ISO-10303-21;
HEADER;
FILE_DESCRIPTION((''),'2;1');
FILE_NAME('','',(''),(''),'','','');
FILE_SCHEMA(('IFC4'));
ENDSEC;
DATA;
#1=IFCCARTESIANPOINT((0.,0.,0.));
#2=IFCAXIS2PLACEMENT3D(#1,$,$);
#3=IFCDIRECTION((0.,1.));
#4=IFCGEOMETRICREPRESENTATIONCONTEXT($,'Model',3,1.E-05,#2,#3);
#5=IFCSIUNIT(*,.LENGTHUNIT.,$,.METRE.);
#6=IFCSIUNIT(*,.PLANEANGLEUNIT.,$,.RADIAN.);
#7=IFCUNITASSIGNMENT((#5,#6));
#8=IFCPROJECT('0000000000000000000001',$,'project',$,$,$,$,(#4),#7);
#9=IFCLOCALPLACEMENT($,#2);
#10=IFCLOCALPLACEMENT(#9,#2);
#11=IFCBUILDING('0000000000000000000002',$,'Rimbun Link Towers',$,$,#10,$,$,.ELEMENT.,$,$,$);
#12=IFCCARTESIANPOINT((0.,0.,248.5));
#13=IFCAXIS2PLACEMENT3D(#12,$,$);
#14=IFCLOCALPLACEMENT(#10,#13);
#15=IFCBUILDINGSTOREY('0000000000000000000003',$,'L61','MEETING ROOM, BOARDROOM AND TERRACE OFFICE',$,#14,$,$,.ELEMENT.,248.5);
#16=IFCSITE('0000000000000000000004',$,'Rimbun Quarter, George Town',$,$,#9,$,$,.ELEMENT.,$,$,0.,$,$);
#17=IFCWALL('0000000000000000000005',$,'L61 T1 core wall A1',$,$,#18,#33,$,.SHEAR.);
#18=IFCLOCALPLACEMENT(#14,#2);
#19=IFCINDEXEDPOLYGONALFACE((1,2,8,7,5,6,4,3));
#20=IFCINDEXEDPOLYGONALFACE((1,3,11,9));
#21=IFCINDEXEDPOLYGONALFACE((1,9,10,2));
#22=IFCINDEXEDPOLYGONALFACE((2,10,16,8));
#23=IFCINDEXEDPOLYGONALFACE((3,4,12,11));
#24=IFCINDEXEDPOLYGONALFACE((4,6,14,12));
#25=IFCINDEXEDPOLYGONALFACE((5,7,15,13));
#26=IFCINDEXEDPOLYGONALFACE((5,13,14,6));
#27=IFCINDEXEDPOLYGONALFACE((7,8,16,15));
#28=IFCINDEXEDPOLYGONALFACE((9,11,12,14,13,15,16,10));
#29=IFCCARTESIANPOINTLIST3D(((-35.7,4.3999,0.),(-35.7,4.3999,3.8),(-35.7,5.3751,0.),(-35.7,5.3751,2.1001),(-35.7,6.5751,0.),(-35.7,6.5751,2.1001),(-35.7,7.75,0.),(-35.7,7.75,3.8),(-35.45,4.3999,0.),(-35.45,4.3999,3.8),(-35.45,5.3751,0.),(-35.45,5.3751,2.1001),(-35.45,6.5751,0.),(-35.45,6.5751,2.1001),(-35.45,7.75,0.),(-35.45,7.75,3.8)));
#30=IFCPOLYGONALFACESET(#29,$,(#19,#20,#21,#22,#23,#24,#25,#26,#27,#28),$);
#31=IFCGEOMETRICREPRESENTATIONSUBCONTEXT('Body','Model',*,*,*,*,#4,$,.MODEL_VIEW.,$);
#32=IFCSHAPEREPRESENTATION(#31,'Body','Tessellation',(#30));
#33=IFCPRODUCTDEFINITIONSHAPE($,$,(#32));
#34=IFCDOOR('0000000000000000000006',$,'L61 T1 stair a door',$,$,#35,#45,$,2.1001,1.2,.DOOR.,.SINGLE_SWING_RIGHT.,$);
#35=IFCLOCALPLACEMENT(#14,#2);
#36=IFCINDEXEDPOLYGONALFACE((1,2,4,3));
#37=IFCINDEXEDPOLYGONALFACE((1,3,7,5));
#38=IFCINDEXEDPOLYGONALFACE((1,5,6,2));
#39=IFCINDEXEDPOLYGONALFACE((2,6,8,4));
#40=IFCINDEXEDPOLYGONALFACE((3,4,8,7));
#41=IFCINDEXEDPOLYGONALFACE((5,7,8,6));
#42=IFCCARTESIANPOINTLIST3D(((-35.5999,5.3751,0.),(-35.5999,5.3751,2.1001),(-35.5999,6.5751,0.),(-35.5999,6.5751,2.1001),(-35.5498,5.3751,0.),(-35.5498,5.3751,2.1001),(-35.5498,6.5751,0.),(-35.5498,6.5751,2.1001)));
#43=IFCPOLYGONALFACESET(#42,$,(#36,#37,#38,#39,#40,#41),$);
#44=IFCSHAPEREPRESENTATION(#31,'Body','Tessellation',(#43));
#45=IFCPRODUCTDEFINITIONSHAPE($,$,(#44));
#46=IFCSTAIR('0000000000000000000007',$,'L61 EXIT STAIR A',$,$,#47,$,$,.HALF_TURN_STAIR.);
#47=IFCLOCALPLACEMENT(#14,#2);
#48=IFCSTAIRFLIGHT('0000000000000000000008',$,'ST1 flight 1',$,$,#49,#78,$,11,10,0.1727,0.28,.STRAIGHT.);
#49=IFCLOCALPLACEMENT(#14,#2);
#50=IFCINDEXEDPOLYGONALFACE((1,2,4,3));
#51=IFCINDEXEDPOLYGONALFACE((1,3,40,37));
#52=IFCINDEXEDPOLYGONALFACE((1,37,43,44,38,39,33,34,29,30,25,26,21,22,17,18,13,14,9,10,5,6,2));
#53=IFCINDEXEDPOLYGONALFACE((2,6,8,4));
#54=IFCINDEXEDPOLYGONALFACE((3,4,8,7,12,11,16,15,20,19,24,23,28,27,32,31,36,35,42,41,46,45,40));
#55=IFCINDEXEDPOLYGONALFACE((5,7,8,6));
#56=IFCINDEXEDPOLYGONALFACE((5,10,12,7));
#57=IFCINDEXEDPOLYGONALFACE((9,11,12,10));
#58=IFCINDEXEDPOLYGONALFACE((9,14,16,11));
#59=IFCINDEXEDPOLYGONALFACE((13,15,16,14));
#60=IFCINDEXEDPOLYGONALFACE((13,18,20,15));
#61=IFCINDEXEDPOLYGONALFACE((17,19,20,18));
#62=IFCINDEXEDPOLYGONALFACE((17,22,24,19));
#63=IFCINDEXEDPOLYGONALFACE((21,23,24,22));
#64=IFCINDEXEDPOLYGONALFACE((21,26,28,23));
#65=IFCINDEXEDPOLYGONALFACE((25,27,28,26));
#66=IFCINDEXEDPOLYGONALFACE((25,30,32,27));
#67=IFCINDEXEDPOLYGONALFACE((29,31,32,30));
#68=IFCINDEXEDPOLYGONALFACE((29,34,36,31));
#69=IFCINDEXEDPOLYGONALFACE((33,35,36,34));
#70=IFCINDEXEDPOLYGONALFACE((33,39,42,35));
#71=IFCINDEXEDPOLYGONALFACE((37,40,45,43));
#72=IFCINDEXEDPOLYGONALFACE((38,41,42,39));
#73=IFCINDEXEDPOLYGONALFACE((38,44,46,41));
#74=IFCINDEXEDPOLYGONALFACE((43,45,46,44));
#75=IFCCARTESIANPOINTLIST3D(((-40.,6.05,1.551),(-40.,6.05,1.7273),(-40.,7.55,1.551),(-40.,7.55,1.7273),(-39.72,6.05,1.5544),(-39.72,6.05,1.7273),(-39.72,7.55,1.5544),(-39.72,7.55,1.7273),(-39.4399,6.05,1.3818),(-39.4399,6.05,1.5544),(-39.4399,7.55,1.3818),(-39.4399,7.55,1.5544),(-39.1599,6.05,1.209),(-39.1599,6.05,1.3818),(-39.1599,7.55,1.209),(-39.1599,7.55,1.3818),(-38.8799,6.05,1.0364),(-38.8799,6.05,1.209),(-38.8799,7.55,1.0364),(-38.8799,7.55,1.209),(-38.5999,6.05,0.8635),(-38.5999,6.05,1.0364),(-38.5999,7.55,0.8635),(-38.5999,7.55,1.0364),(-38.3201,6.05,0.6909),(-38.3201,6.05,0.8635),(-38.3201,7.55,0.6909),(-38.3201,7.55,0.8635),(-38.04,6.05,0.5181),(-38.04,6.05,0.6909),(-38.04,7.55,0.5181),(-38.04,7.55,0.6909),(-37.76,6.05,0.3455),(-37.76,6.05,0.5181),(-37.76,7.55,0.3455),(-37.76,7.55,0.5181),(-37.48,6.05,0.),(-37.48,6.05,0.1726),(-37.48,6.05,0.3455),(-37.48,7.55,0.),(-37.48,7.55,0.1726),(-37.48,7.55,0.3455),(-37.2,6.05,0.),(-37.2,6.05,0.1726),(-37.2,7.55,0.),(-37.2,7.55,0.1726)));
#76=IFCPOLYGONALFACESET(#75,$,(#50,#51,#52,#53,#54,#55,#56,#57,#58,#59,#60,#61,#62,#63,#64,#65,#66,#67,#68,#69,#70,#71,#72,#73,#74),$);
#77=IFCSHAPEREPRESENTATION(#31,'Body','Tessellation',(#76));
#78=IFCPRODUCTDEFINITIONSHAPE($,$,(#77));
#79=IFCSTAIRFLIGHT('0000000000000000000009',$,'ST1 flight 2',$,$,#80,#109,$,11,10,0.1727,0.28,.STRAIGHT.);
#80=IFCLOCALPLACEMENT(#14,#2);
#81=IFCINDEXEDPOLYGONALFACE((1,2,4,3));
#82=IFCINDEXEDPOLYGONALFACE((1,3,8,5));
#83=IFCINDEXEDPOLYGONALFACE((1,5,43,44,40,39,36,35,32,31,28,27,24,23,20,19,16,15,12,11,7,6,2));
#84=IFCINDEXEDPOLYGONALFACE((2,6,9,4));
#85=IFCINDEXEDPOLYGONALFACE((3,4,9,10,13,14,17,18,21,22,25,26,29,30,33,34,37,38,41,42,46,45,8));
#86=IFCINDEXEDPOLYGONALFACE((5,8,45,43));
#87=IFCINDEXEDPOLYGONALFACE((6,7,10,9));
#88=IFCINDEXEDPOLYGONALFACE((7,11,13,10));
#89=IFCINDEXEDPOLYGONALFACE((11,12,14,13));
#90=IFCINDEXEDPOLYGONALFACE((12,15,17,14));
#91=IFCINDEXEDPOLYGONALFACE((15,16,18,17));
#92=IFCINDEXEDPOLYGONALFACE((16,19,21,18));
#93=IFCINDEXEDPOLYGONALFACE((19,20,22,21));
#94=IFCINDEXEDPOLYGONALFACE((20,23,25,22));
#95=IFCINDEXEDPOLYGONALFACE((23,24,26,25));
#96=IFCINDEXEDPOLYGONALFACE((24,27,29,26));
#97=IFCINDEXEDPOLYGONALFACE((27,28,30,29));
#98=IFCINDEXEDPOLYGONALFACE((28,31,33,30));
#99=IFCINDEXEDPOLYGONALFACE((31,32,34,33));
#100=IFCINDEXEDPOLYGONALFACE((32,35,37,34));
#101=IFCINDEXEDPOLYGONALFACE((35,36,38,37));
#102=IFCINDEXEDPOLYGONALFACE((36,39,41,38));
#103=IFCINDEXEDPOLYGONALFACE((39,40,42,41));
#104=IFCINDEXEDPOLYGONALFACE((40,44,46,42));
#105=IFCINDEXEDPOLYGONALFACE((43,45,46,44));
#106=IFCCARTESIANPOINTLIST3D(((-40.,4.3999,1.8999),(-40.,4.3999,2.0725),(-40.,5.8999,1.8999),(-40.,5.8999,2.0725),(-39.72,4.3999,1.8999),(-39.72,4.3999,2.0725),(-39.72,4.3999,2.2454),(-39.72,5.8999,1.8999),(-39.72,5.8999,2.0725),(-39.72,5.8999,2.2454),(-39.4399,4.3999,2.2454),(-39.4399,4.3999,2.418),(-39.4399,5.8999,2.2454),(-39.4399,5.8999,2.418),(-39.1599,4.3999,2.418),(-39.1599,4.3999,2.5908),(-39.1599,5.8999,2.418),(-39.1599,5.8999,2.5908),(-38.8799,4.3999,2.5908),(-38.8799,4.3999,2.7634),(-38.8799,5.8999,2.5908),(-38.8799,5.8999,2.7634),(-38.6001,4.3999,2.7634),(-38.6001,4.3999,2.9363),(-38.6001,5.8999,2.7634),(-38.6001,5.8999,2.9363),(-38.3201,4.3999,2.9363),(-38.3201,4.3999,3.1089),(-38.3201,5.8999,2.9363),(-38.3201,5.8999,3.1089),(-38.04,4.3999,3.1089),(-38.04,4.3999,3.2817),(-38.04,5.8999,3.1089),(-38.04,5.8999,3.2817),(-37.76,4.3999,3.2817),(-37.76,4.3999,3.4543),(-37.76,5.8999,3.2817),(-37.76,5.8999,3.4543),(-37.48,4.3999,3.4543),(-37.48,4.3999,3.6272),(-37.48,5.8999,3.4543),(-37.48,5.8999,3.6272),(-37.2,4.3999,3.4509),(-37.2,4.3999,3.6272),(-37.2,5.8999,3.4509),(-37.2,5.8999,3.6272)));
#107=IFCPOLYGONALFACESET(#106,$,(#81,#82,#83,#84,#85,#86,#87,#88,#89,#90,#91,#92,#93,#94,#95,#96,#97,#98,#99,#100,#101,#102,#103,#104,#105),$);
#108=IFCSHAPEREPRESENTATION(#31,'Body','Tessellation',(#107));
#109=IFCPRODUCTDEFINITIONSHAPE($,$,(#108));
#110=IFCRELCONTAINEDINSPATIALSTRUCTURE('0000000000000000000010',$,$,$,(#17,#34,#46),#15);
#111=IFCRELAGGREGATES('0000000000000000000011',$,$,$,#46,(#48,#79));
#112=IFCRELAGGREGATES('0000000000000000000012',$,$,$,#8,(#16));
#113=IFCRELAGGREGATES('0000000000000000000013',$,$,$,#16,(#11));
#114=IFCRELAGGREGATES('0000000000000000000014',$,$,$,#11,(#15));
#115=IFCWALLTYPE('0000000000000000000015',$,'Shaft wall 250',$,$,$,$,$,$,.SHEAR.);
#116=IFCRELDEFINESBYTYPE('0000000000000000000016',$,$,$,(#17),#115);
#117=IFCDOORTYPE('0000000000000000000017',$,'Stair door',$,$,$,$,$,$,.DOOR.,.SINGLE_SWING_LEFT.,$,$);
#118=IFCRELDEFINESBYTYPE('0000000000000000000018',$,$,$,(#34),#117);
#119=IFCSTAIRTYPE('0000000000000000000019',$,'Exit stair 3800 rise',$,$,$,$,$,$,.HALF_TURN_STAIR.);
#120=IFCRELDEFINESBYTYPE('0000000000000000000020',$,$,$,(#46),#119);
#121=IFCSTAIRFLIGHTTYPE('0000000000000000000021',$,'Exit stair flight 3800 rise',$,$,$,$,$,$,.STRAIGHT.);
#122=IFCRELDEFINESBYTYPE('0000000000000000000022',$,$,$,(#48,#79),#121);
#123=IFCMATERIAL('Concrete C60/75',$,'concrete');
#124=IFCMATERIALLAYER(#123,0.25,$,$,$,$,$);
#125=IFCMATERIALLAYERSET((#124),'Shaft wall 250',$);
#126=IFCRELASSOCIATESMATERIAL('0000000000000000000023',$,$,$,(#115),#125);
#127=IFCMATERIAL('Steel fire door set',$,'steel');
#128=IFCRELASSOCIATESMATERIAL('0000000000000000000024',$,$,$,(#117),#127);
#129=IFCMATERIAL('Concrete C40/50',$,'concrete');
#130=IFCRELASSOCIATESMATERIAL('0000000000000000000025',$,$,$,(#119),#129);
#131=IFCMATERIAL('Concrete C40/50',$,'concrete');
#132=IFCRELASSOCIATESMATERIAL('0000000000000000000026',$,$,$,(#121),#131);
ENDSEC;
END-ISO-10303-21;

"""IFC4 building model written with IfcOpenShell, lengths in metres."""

from ifc_helpers import new_model, si_unit, direction, frame, frame_2d, origin, place, context, subcontext, project, spatial, polyline, rectangle, outline, extrude, material, layer, layer_set, type_object, element, fill, aggregate, save


model = new_model("IFC4")

# Units and contexts
model_context = context("Model", 3, precision=1e-05, world=origin(), true_north=direction((0.0, 1.0)))
body_context = subcontext(model_context, "Body", "Model", "MODEL_VIEW")
ifc_project = project(units=[si_unit("LENGTHUNIT", "METRE"), si_unit("PLANEANGLEUNIT", "RADIAN")], contexts=[model_context])

# Site, building, storey
site_placement = place(None, origin())
site = spatial("IfcSite", under=ifc_project, at=site_placement, Name="Rimbun Quarter, George Town", CompositionType="ELEMENT", RefElevation=0.0)
building_placement = place(site_placement, origin())
building = spatial("IfcBuilding", under=site, at=building_placement, Name="Rimbun Link Towers", CompositionType="ELEMENT")
storey_placement = place(building_placement, frame((0.0, 0.0, 248.5)))
storey = spatial("IfcBuildingStorey", under=building, at=storey_placement, Name="L61", Description="MEETING ROOM, BOARDROOM AND TERRACE OFFICE", CompositionType="ELEMENT", Elevation=248.5)

# Shared definitions
ifc_material_1 = material(Name="Concrete C60/75", Category="concrete")
ifc_layer = layer(ifc_material_1, 0.25)
ifc_layer_set = layer_set([ifc_layer], Name="Shaft wall 250")
wall_type = type_object("IfcWallType", Name="Shaft wall 250", PredefinedType="SHEAR", material=ifc_layer_set)

# Wall, opening, door
wall_1_placement = place(storey_placement, frame((-35.575, 4.3999, 0.0), z_axis=(0.0, 0.0, 1.0), x_axis=(0.0, 1.0, 0.0)))
wall_1 = element("IfcWall", 1, at=wall_1_placement, inside=storey, type_object=wall_type, Name="L61 T1 core wall A1", PredefinedType="SHEAR", context=body_context, shape_type="SweptSolid", body=[
    extrude(rectangle(XDim=3.3501, YDim=0.25, at=frame_2d((1.675, 0.0))), origin(), (0.0, 0.0, 1.0), 3.8),
])
opening_1_placement = place(wall_1_placement, frame((0.9751, 0.0, 0.0)))
opening_1 = element("IfcOpeningElement", 2, at=opening_1_placement, cuts=wall_1, PredefinedType="OPENING", context=body_context, shape_type="SweptSolid", body=[
    extrude(rectangle(XDim=1.2, YDim=2.1001, at=frame_2d((0.6001, 1.05))), frame((0.0, 0.135, 0.0), z_axis=(0.0, -1.0, 0.0), x_axis=(1.0, 0.0, 0.0)), (0.0, 0.0, 1.0), 0.27),
])
ifc_material_2 = material(Name="Steel fire door set", Category="steel")
door_type_1 = type_object("IfcDoorType", Name="Stair door", OperationType="SINGLE_SWING_LEFT", PredefinedType="DOOR", material=ifc_material_2)
door_1_placement = place(opening_1_placement, origin())
door_1 = element("IfcDoor", 3, at=door_1_placement, inside=storey, type_object=door_type_1, Name="L61 T1 stair a door", OperationType="SINGLE_SWING_RIGHT", OverallHeight=2.1001, OverallWidth=1.2, PredefinedType="DOOR", context=body_context, shape_type="SweptSolid", body=[
    extrude(rectangle(XDim=1.2, YDim=2.1001, at=frame_2d((0.6001, 1.05))), frame((0.0, 0.0249, 0.0), z_axis=(0.0, -1.0, 0.0), x_axis=(1.0, 0.0, 0.0)), (0.0, 0.0, 1.0), 0.05),
])
fill(opening_1, door_1)

# Stair, stair flights
ifc_material_3 = material(Name="Concrete C40/50", Category="concrete")
stair_type = type_object("IfcStairType", Name="Exit stair 3800 rise", PredefinedType="HALF_TURN_STAIR", material=ifc_material_3)
stair_placement = place(storey_placement, origin())
stair = element("IfcStair", 4, at=stair_placement, inside=storey, type_object=stair_type, Name="L61 EXIT STAIR A", PredefinedType="HALF_TURN_STAIR")
ifc_material_4 = material(Name="Concrete C40/50", Category="concrete")
stair_flight_type = type_object("IfcStairFlightType", Name="Exit stair flight 3800 rise", PredefinedType="STRAIGHT", material=ifc_material_4)
stair_flight_1_placement = place(storey_placement, frame((-37.2, 6.8, 0.0), z_axis=(0.0, 0.0, 1.0), x_axis=(-1.0, 0.0, 0.0)))
stair_flight_1 = element("IfcStairFlight", 5, at=stair_flight_1_placement, type_object=stair_flight_type, Name="ST1 flight 1", NumberOfRisers=11, NumberOfTreads=10, PredefinedType="STRAIGHT", RiserHeight=0.1727, TreadLength=0.28, context=body_context, shape_type="SweptSolid", body=[
    extrude(outline(polyline([(0.0, 0.0), (0.0, 0.1726), (0.28, 0.1726), (0.28, 0.3455), (0.5601, 0.3455), (0.5601, 0.5181), (0.8401, 0.5181), (0.8401, 0.6909), (1.1201, 0.6909), (1.1201, 0.8635), (1.3999, 0.8635), (1.3999, 1.0364), (1.6799, 1.0364), (1.6799, 1.209), (1.96, 1.209), (1.96, 1.3818), (2.24, 1.3818), (2.24, 1.5544), (2.52, 1.5544), (2.52, 1.7273), (2.8, 1.7273), (2.8, 1.8999), (2.8, 1.551), (0.28, 0.0), (0.0, 0.0)])), frame((0.0, 0.75, 0.0), z_axis=(0.0, -1.0, 0.0), x_axis=(1.0, 0.0, 0.0)), (0.0, 0.0, 1.0), 1.5),
])
stair_flight_2_placement = place(storey_placement, frame((-40.0, 5.1499, 1.8999), z_axis=(0.0, 0.0, 1.0), x_axis=(1.0, 0.0, 0.0)))
stair_flight_2 = element("IfcStairFlight", 6, at=stair_flight_2_placement, type_object=stair_flight_type, Name="ST1 flight 2", NumberOfRisers=11, NumberOfTreads=10, PredefinedType="STRAIGHT", RiserHeight=0.1727, TreadLength=0.28, context=body_context, shape_type="SweptSolid", body=[
    extrude(outline(polyline([(0.0, 0.0), (0.0, 0.1726), (0.28, 0.1726), (0.28, 0.3455), (0.5601, 0.3455), (0.5601, 0.5181), (0.8401, 0.5181), (0.8401, 0.6909), (1.1201, 0.6909), (1.1201, 0.8635), (1.3999, 0.8635), (1.3999, 1.0364), (1.6799, 1.0364), (1.6799, 1.209), (1.96, 1.209), (1.96, 1.3818), (2.24, 1.3818), (2.24, 1.5544), (2.52, 1.5544), (2.52, 1.7273), (2.8, 1.7273), (2.8, 1.8999), (2.8, 1.551), (0.28, 0.0), (0.0, 0.0)])), frame((0.0, 0.75, 0.0), z_axis=(0.0, -1.0, 0.0), x_axis=(1.0, 0.0, 0.0)), (0.0, 0.0, 1.0), 1.5),
])
aggregate(stair, [stair_flight_1, stair_flight_2])

save(model, "model.ifc")
